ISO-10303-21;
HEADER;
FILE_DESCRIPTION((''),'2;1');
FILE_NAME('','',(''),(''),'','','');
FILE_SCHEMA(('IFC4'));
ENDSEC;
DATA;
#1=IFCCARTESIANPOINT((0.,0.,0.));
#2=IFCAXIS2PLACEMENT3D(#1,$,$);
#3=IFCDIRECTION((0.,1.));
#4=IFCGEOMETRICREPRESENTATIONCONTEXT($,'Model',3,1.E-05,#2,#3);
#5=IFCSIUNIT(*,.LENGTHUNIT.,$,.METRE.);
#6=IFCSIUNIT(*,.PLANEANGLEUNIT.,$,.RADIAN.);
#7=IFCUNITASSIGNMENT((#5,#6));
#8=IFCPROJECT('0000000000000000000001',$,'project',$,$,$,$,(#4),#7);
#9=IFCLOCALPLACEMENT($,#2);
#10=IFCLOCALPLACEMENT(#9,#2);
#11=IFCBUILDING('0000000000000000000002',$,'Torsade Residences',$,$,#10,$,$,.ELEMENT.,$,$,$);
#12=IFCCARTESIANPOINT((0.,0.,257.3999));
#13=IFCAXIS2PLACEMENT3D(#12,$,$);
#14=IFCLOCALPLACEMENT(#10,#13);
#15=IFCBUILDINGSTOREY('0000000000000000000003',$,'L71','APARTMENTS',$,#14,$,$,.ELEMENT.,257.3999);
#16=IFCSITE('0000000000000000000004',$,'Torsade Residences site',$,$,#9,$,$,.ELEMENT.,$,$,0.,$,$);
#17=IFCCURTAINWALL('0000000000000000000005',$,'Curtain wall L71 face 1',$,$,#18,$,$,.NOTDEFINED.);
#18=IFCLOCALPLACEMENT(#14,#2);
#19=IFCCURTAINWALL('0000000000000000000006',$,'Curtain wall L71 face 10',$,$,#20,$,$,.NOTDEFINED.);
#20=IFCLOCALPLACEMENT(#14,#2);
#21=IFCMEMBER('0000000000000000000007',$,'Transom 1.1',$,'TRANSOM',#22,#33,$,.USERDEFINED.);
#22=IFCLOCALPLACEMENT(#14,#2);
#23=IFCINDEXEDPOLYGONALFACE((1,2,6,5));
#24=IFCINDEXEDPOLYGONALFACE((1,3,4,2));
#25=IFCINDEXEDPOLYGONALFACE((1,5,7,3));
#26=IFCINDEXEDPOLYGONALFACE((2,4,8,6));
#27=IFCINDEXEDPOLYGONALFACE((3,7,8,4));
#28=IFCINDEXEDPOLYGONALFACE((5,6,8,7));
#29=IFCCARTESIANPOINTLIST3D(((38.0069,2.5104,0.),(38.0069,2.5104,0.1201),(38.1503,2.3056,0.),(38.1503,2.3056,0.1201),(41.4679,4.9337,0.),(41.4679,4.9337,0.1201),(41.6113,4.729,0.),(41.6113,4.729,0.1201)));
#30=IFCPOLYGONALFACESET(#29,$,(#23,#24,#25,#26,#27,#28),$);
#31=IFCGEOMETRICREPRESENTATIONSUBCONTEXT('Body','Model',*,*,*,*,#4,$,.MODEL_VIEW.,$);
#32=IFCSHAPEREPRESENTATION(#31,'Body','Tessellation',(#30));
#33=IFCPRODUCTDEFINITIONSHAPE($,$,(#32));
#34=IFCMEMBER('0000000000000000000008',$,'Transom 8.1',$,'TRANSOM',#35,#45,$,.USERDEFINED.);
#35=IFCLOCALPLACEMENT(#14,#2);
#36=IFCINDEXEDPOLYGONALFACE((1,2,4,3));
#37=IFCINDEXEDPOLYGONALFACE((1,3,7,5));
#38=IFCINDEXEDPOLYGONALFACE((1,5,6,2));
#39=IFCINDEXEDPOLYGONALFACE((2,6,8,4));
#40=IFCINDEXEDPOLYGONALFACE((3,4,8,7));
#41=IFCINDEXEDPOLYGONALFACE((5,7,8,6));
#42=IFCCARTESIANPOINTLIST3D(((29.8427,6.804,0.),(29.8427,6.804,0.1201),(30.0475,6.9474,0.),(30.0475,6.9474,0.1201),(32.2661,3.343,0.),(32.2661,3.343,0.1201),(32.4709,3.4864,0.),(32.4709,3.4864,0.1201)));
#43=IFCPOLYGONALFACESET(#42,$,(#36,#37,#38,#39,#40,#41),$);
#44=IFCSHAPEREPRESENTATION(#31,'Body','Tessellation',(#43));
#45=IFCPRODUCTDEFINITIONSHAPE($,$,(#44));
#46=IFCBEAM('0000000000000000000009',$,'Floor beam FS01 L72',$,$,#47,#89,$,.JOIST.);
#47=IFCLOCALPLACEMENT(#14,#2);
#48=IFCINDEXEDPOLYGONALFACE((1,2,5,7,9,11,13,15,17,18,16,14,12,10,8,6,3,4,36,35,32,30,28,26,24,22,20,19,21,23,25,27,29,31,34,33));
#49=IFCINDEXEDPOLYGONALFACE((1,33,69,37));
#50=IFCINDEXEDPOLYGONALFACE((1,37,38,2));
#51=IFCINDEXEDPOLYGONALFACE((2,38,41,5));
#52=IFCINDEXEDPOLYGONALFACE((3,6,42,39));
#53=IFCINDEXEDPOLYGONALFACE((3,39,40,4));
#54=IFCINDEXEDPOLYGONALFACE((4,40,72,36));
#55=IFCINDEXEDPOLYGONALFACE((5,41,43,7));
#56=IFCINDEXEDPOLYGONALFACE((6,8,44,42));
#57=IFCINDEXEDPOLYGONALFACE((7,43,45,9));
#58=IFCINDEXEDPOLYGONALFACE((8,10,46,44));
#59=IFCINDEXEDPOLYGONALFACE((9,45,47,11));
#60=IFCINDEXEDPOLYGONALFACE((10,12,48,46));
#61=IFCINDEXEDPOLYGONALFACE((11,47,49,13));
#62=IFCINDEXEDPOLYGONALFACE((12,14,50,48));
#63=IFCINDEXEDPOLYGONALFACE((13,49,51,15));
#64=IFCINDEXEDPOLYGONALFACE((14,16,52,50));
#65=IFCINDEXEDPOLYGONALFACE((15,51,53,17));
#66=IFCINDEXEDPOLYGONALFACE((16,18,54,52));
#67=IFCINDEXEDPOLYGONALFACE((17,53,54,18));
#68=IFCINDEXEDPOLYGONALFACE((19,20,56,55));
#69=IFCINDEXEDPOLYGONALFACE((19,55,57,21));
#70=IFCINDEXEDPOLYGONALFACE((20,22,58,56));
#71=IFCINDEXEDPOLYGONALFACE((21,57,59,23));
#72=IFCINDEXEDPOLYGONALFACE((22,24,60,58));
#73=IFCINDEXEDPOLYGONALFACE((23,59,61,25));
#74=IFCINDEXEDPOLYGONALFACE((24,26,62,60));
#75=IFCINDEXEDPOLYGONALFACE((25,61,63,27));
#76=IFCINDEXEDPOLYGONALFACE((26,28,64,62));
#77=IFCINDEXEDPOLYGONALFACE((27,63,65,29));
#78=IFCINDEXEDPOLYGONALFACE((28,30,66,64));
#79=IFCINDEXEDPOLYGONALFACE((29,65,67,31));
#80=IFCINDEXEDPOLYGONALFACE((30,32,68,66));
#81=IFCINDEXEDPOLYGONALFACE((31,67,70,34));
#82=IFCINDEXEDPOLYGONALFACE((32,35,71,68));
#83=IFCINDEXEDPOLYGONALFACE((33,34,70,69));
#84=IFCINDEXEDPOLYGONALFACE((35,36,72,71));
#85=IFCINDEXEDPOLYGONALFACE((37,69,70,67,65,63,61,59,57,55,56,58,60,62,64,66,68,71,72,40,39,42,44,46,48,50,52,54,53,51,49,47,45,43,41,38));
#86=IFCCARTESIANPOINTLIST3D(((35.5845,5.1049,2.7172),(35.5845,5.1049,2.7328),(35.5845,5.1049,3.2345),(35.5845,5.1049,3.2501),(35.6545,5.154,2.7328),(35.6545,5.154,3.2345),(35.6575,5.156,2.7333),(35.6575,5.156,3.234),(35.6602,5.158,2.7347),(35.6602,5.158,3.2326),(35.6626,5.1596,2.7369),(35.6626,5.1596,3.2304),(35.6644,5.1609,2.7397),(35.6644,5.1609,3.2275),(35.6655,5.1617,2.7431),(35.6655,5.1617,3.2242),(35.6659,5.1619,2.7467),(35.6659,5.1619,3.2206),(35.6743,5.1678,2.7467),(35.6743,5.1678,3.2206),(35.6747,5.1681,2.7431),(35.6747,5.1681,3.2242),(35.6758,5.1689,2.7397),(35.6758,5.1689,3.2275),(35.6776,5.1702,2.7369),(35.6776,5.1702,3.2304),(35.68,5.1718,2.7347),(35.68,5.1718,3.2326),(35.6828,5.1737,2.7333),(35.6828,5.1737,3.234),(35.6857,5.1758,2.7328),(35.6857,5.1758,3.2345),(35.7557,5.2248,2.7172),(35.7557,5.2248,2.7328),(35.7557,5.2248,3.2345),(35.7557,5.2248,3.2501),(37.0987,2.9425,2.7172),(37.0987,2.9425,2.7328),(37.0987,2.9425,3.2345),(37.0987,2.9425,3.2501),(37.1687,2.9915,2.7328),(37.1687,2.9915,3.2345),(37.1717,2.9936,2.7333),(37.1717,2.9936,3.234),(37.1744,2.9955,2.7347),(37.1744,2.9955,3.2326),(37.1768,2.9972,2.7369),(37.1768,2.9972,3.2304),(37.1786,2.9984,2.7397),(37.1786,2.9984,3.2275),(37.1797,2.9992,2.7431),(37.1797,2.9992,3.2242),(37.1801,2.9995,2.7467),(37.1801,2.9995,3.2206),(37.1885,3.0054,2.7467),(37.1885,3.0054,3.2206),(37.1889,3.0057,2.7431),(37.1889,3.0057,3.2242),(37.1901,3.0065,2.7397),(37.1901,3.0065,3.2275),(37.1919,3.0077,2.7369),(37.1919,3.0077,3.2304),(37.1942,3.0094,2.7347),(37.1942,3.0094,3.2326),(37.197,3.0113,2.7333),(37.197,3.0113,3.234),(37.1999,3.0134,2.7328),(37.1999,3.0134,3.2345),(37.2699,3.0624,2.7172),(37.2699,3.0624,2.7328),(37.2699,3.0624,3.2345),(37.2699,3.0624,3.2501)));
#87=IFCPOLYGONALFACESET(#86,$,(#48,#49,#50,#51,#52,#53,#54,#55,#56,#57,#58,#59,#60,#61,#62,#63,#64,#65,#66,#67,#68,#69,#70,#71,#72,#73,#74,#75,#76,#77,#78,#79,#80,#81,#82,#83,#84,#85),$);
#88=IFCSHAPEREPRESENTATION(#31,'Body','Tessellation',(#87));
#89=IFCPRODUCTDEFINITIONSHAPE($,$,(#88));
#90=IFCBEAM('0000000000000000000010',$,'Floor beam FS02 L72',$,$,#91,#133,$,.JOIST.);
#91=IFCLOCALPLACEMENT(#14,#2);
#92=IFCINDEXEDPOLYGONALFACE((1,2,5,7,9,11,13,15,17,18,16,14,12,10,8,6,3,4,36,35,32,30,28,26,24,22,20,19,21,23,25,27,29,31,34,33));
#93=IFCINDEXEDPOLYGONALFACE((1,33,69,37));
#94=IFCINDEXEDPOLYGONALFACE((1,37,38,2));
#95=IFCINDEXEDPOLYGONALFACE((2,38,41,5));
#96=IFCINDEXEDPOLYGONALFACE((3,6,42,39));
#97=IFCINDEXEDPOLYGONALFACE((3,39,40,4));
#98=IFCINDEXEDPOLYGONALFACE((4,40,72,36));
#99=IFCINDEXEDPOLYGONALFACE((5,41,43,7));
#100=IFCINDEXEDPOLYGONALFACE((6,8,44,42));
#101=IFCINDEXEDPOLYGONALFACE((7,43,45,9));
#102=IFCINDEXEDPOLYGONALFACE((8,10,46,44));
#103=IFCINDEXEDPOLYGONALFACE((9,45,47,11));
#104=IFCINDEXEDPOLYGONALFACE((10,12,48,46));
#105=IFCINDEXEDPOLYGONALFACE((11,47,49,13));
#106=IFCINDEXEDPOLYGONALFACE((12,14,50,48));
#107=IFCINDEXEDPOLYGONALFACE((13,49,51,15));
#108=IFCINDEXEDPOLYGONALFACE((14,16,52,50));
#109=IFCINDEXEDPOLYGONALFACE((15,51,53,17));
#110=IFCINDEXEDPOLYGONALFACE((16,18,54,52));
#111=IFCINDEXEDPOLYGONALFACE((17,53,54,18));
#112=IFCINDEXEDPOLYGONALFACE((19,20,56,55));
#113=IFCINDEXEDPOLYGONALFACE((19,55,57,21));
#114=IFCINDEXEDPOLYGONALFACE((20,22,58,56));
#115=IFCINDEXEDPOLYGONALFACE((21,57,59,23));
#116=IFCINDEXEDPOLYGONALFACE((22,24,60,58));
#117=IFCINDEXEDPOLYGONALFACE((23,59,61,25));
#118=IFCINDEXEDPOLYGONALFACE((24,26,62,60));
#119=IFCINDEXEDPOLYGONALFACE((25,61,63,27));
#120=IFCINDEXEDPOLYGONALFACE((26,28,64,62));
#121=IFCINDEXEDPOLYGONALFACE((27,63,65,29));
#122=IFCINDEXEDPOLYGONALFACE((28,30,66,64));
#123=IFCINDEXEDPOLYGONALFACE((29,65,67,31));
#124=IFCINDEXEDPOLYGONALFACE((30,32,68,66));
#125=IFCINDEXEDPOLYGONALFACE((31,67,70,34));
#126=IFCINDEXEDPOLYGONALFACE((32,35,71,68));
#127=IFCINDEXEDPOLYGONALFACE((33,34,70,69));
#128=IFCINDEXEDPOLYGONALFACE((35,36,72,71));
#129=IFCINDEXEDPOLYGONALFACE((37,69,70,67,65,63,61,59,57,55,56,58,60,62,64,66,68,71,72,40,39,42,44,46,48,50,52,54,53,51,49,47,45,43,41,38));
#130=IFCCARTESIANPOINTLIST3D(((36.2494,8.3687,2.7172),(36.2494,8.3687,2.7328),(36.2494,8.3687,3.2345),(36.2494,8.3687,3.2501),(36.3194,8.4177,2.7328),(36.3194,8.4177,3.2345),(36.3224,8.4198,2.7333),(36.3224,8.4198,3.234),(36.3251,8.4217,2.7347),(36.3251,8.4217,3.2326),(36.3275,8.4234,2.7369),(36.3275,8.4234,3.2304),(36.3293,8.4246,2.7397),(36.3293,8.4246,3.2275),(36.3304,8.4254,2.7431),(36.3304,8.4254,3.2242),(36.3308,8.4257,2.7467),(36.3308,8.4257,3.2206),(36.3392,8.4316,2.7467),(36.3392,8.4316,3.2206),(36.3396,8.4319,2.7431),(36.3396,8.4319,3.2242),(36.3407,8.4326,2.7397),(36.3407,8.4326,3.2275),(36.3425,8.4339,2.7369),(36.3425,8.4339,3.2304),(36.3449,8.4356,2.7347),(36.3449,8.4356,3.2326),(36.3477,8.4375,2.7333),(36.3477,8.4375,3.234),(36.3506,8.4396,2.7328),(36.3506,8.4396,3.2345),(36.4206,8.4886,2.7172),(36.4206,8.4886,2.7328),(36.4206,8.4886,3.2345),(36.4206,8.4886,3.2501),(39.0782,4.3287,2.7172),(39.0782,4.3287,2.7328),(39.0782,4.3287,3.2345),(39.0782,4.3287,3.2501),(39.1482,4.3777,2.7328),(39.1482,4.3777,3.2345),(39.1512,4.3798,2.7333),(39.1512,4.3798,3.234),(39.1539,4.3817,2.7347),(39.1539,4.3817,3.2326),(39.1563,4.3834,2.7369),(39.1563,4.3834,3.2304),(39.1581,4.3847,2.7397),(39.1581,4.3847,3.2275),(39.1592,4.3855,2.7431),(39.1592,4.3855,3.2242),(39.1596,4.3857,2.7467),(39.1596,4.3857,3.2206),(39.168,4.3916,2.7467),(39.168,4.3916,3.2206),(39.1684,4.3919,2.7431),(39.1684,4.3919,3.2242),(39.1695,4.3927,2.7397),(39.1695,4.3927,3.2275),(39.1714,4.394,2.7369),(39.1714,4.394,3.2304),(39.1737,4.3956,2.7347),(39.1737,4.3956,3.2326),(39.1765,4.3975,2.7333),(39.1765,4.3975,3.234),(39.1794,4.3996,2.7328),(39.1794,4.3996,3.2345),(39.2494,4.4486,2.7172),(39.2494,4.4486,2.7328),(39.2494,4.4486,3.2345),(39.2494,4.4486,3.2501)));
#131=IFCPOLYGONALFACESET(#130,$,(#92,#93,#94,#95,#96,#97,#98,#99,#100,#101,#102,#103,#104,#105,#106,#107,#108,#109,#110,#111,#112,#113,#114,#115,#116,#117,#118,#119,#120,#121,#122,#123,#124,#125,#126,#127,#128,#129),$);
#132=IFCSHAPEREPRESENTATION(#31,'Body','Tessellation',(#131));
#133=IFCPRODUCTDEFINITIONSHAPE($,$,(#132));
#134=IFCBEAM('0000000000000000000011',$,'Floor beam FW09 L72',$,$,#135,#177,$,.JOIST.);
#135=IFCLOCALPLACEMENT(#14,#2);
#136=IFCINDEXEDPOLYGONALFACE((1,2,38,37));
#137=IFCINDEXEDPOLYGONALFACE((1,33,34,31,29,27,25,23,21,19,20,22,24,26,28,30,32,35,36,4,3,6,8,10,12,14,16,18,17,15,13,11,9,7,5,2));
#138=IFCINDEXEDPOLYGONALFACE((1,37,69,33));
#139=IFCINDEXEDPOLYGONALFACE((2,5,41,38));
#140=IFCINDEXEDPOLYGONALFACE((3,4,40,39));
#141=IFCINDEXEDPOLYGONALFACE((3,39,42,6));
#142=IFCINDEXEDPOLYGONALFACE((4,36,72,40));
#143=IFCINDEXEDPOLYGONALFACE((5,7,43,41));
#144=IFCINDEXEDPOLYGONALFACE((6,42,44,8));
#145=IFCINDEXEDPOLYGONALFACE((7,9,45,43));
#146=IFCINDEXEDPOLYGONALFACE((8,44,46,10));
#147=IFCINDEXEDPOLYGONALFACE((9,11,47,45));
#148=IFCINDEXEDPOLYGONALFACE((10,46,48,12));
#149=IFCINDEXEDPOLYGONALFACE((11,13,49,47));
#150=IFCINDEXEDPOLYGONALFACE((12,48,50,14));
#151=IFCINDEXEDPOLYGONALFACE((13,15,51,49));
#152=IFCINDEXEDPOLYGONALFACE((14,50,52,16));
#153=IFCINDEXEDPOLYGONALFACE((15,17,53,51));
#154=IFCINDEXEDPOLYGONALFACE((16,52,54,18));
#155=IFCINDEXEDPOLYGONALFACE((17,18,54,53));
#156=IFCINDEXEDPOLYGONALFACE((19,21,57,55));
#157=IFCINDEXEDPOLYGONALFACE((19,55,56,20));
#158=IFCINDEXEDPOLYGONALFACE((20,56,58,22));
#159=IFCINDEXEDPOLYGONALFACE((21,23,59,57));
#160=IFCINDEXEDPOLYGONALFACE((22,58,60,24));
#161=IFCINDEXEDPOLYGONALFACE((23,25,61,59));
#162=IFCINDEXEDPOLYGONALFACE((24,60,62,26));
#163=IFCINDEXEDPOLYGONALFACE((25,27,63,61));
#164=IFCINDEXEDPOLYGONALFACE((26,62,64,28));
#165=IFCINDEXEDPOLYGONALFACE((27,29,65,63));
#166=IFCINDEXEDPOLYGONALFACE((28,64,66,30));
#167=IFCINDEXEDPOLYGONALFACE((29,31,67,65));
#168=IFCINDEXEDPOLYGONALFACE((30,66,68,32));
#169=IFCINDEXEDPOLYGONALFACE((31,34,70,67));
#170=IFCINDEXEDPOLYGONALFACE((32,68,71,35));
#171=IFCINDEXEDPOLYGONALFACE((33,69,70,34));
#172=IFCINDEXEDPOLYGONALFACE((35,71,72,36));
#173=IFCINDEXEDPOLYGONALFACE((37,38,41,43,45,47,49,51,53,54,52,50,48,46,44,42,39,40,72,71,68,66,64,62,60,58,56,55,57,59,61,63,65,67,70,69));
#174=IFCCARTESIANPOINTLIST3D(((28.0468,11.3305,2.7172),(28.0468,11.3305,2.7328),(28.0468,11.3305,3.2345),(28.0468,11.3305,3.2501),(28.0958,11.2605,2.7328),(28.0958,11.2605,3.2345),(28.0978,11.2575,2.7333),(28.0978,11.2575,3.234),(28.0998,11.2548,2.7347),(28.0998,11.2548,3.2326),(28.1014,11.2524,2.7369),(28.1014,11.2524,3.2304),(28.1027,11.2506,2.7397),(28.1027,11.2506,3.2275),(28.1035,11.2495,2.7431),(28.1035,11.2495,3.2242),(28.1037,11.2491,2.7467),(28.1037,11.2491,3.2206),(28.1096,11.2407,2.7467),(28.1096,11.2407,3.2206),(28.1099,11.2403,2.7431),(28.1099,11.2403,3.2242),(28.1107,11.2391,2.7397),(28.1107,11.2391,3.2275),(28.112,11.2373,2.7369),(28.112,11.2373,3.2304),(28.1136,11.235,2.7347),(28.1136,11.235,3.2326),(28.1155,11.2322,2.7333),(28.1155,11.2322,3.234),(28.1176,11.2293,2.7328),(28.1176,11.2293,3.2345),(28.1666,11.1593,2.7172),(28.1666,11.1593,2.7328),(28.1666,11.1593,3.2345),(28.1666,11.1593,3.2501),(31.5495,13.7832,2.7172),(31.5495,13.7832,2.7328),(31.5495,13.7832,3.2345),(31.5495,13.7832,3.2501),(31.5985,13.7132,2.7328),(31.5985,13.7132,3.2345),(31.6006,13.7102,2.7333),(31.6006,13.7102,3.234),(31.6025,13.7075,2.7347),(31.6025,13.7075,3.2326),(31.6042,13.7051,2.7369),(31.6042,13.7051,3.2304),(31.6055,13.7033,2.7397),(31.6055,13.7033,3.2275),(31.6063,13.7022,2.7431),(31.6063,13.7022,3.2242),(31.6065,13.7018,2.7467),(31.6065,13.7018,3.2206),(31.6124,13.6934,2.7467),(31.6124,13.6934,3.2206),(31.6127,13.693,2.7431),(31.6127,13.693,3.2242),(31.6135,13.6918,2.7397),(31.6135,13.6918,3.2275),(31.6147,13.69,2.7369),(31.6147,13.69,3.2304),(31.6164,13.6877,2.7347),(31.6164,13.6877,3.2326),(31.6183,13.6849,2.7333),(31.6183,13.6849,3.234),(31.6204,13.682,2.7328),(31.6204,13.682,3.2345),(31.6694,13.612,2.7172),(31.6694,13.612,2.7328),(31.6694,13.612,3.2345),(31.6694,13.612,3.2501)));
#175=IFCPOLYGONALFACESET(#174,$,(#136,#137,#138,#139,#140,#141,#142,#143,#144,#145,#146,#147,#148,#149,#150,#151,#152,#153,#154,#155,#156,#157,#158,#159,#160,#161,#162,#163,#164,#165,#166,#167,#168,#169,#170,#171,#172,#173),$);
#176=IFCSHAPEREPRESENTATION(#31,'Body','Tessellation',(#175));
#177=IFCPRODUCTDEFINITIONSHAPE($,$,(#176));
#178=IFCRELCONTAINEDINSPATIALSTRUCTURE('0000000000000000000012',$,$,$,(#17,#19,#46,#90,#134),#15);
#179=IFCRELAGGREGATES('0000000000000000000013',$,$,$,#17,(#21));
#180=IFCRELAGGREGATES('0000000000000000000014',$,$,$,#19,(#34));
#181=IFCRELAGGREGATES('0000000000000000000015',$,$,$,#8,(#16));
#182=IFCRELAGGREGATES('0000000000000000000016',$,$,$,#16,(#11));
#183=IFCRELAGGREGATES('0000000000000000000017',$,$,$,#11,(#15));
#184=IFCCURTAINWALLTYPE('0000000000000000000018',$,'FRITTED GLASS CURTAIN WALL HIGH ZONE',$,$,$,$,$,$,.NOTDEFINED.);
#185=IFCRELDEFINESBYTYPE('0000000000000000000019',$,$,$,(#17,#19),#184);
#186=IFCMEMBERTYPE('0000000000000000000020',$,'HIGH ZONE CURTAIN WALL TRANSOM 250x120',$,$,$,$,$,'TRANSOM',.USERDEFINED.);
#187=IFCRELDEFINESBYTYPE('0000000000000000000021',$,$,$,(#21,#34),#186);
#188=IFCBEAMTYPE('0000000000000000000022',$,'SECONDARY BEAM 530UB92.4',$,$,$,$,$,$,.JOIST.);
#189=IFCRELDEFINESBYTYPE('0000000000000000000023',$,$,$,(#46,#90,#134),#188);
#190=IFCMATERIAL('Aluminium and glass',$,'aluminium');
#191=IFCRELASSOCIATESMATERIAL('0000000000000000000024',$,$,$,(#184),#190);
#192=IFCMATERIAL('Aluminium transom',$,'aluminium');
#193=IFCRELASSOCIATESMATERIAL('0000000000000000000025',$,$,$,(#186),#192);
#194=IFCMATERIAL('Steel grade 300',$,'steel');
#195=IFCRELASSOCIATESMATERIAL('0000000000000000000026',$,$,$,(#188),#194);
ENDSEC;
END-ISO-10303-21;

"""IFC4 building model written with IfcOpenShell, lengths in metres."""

from ifc_helpers import new_model, si_unit, direction, frame, origin, origin_2d, place, context, subcontext, project, spatial, rectangle, i_section, extrude, material, material_profile, profile_set, type_object, element, aggregate, save


model = new_model("IFC4")

# Units and contexts
model_context = context("Model", 3, precision=1e-05, world=origin(), true_north=direction((0.0, 1.0)))
body_context = subcontext(model_context, "Body", "Model", "MODEL_VIEW")
ifc_project = project(units=[si_unit("LENGTHUNIT", "METRE"), si_unit("PLANEANGLEUNIT", "RADIAN")], contexts=[model_context])

# Site, building, storey
site_placement = place(None, origin())
site = spatial("IfcSite", under=ifc_project, at=site_placement, Name="Torsade Residences site", CompositionType="ELEMENT", RefElevation=0.0)
building_placement = place(site_placement, origin())
building = spatial("IfcBuilding", under=site, at=building_placement, Name="Torsade Residences", CompositionType="ELEMENT")
storey_placement = place(building_placement, frame((0.0, 0.0, 257.3999)))
storey = spatial("IfcBuildingStorey", under=building, at=storey_placement, Name="L71", Description="APARTMENTS", CompositionType="ELEMENT", Elevation=257.3999)

# Curtain wall
ifc_material_1 = material(Name="Aluminium and glass", Category="aluminium")
curtain_wall_type = type_object("IfcCurtainWallType", Name="FRITTED GLASS CURTAIN WALL HIGH ZONE", PredefinedType="NOTDEFINED", material=ifc_material_1)
curtain_wall_1_placement = place(storey_placement, origin())
curtain_wall_1 = element("IfcCurtainWall", 1, at=curtain_wall_1_placement, inside=storey, type_object=curtain_wall_type, Name="Curtain wall L71 face 1", PredefinedType="NOTDEFINED")

# Curtain wall
curtain_wall_2_placement = place(storey_placement, origin())
curtain_wall_2 = element("IfcCurtainWall", 2, at=curtain_wall_2_placement, inside=storey, type_object=curtain_wall_type, Name="Curtain wall L71 face 10", PredefinedType="NOTDEFINED")

# Members
ifc_material_2 = material(Name="Aluminium transom", Category="aluminium")
ifc_material_profile_1 = material_profile(ifc_material_2, rectangle(XDim=0.25, YDim=0.1201, at=origin_2d()), Name="HIGH ZONE CURTAIN WALL TRANSOM 250x120")
ifc_profile_set_1 = profile_set([ifc_material_profile_1], Name="Aluminium transom")
member_type_1 = type_object("IfcMemberType", Name="HIGH ZONE CURTAIN WALL TRANSOM 250x120", ElementType="TRANSOM", PredefinedType="USERDEFINED", material=ifc_profile_set_1)
member_1_placement = place(storey_placement, frame((38.0786, 2.408, 0.0601), z_axis=(0.819156, 0.573571, 0.0), x_axis=(-0.573571, 0.819156, 0.0)))
member_1 = element("IfcMember", 3, at=member_1_placement, type_object=member_type_1, Name="Transom 1.1", ObjectType="TRANSOM", PredefinedType="USERDEFINED", context=body_context, shape_type="SweptSolid", body=[
    extrude(rectangle(XDim=0.25, YDim=0.1201, at=origin_2d()), origin(), (0.0, 0.0, 1.0), 4.2251),
])
member_2_placement = place(storey_placement, frame((29.9451, 6.8757, 0.0601), z_axis=(0.573571, -0.819156, 0.0), x_axis=(0.819156, 0.573571, 0.0)))
member_2 = element("IfcMember", 4, at=member_2_placement, type_object=member_type_1, Name="Transom 8.1", ObjectType="TRANSOM", PredefinedType="USERDEFINED", context=body_context, shape_type="SweptSolid", body=[
    extrude(rectangle(XDim=0.25, YDim=0.1201, at=origin_2d()), origin(), (0.0, 0.0, 1.0), 4.2251),
])

# Beams
ifc_material_3 = material(Name="Steel grade 300", Category="steel")
ifc_material_profile_2 = material_profile(ifc_material_3, i_section(OverallWidth=0.209, OverallDepth=0.533, WebThickness=0.0103, FlangeThickness=0.0156, FilletRadius=0.0139, at=origin_2d()), Name="530UB92.4")
ifc_profile_set_2 = profile_set([ifc_material_profile_2], Name="Steel grade 300")
beam_type_1 = type_object("IfcBeamType", Name="SECONDARY BEAM 530UB92.4", PredefinedType="JOIST", material=ifc_profile_set_2)
beam_1_placement = place(storey_placement, frame((37.1843, 3.0024, 2.9836), z_axis=(-0.573593, 0.819141, 0.0), x_axis=(-0.819141, -0.573593, 0.0)))
element("IfcBeam", 5, at=beam_1_placement, inside=storey, type_object=beam_type_1, Name="Floor beam FS01 L72", PredefinedType="JOIST", context=body_context, shape_type="SweptSolid", body=[
    extrude(i_section(OverallWidth=0.209, OverallDepth=0.533, WebThickness=0.0103, FlangeThickness=0.0156, FilletRadius=0.0139, at=origin_2d()), origin(), (0.0, 0.0, 1.0), 2.6399),
])
beam_2_placement = place(storey_placement, frame((39.1638, 4.3887, 2.9836), z_axis=(-0.573575, 0.819153, 0.0), x_axis=(-0.819153, -0.573575, 0.0)))
element("IfcBeam", 6, at=beam_2_placement, inside=storey, type_object=beam_type_1, Name="Floor beam FS02 L72", PredefinedType="JOIST", context=body_context, shape_type="SweptSolid", body=[
    extrude(i_section(OverallWidth=0.209, OverallDepth=0.533, WebThickness=0.0103, FlangeThickness=0.0156, FilletRadius=0.0139, at=origin_2d()), origin(), (0.0, 0.0, 1.0), 4.9319),
])
beam_3_placement = place(storey_placement, frame((28.1067, 11.2449, 2.9836), z_axis=(0.819149, 0.573581, 0.0), x_axis=(-0.573581, 0.819149, 0.0)))
element("IfcBeam", 7, at=beam_3_placement, inside=storey, type_object=beam_type_1, Name="Floor beam FW09 L72", PredefinedType="JOIST", context=body_context, shape_type="SweptSolid", body=[
    extrude(i_section(OverallWidth=0.209, OverallDepth=0.533, WebThickness=0.0103, FlangeThickness=0.0156, FilletRadius=0.0139, at=origin_2d()), origin(), (0.0, 0.0, 1.0), 4.2761),
])

aggregate(curtain_wall_1, [member_1])
aggregate(curtain_wall_2, [member_2])

save(model, "model.ifc")
